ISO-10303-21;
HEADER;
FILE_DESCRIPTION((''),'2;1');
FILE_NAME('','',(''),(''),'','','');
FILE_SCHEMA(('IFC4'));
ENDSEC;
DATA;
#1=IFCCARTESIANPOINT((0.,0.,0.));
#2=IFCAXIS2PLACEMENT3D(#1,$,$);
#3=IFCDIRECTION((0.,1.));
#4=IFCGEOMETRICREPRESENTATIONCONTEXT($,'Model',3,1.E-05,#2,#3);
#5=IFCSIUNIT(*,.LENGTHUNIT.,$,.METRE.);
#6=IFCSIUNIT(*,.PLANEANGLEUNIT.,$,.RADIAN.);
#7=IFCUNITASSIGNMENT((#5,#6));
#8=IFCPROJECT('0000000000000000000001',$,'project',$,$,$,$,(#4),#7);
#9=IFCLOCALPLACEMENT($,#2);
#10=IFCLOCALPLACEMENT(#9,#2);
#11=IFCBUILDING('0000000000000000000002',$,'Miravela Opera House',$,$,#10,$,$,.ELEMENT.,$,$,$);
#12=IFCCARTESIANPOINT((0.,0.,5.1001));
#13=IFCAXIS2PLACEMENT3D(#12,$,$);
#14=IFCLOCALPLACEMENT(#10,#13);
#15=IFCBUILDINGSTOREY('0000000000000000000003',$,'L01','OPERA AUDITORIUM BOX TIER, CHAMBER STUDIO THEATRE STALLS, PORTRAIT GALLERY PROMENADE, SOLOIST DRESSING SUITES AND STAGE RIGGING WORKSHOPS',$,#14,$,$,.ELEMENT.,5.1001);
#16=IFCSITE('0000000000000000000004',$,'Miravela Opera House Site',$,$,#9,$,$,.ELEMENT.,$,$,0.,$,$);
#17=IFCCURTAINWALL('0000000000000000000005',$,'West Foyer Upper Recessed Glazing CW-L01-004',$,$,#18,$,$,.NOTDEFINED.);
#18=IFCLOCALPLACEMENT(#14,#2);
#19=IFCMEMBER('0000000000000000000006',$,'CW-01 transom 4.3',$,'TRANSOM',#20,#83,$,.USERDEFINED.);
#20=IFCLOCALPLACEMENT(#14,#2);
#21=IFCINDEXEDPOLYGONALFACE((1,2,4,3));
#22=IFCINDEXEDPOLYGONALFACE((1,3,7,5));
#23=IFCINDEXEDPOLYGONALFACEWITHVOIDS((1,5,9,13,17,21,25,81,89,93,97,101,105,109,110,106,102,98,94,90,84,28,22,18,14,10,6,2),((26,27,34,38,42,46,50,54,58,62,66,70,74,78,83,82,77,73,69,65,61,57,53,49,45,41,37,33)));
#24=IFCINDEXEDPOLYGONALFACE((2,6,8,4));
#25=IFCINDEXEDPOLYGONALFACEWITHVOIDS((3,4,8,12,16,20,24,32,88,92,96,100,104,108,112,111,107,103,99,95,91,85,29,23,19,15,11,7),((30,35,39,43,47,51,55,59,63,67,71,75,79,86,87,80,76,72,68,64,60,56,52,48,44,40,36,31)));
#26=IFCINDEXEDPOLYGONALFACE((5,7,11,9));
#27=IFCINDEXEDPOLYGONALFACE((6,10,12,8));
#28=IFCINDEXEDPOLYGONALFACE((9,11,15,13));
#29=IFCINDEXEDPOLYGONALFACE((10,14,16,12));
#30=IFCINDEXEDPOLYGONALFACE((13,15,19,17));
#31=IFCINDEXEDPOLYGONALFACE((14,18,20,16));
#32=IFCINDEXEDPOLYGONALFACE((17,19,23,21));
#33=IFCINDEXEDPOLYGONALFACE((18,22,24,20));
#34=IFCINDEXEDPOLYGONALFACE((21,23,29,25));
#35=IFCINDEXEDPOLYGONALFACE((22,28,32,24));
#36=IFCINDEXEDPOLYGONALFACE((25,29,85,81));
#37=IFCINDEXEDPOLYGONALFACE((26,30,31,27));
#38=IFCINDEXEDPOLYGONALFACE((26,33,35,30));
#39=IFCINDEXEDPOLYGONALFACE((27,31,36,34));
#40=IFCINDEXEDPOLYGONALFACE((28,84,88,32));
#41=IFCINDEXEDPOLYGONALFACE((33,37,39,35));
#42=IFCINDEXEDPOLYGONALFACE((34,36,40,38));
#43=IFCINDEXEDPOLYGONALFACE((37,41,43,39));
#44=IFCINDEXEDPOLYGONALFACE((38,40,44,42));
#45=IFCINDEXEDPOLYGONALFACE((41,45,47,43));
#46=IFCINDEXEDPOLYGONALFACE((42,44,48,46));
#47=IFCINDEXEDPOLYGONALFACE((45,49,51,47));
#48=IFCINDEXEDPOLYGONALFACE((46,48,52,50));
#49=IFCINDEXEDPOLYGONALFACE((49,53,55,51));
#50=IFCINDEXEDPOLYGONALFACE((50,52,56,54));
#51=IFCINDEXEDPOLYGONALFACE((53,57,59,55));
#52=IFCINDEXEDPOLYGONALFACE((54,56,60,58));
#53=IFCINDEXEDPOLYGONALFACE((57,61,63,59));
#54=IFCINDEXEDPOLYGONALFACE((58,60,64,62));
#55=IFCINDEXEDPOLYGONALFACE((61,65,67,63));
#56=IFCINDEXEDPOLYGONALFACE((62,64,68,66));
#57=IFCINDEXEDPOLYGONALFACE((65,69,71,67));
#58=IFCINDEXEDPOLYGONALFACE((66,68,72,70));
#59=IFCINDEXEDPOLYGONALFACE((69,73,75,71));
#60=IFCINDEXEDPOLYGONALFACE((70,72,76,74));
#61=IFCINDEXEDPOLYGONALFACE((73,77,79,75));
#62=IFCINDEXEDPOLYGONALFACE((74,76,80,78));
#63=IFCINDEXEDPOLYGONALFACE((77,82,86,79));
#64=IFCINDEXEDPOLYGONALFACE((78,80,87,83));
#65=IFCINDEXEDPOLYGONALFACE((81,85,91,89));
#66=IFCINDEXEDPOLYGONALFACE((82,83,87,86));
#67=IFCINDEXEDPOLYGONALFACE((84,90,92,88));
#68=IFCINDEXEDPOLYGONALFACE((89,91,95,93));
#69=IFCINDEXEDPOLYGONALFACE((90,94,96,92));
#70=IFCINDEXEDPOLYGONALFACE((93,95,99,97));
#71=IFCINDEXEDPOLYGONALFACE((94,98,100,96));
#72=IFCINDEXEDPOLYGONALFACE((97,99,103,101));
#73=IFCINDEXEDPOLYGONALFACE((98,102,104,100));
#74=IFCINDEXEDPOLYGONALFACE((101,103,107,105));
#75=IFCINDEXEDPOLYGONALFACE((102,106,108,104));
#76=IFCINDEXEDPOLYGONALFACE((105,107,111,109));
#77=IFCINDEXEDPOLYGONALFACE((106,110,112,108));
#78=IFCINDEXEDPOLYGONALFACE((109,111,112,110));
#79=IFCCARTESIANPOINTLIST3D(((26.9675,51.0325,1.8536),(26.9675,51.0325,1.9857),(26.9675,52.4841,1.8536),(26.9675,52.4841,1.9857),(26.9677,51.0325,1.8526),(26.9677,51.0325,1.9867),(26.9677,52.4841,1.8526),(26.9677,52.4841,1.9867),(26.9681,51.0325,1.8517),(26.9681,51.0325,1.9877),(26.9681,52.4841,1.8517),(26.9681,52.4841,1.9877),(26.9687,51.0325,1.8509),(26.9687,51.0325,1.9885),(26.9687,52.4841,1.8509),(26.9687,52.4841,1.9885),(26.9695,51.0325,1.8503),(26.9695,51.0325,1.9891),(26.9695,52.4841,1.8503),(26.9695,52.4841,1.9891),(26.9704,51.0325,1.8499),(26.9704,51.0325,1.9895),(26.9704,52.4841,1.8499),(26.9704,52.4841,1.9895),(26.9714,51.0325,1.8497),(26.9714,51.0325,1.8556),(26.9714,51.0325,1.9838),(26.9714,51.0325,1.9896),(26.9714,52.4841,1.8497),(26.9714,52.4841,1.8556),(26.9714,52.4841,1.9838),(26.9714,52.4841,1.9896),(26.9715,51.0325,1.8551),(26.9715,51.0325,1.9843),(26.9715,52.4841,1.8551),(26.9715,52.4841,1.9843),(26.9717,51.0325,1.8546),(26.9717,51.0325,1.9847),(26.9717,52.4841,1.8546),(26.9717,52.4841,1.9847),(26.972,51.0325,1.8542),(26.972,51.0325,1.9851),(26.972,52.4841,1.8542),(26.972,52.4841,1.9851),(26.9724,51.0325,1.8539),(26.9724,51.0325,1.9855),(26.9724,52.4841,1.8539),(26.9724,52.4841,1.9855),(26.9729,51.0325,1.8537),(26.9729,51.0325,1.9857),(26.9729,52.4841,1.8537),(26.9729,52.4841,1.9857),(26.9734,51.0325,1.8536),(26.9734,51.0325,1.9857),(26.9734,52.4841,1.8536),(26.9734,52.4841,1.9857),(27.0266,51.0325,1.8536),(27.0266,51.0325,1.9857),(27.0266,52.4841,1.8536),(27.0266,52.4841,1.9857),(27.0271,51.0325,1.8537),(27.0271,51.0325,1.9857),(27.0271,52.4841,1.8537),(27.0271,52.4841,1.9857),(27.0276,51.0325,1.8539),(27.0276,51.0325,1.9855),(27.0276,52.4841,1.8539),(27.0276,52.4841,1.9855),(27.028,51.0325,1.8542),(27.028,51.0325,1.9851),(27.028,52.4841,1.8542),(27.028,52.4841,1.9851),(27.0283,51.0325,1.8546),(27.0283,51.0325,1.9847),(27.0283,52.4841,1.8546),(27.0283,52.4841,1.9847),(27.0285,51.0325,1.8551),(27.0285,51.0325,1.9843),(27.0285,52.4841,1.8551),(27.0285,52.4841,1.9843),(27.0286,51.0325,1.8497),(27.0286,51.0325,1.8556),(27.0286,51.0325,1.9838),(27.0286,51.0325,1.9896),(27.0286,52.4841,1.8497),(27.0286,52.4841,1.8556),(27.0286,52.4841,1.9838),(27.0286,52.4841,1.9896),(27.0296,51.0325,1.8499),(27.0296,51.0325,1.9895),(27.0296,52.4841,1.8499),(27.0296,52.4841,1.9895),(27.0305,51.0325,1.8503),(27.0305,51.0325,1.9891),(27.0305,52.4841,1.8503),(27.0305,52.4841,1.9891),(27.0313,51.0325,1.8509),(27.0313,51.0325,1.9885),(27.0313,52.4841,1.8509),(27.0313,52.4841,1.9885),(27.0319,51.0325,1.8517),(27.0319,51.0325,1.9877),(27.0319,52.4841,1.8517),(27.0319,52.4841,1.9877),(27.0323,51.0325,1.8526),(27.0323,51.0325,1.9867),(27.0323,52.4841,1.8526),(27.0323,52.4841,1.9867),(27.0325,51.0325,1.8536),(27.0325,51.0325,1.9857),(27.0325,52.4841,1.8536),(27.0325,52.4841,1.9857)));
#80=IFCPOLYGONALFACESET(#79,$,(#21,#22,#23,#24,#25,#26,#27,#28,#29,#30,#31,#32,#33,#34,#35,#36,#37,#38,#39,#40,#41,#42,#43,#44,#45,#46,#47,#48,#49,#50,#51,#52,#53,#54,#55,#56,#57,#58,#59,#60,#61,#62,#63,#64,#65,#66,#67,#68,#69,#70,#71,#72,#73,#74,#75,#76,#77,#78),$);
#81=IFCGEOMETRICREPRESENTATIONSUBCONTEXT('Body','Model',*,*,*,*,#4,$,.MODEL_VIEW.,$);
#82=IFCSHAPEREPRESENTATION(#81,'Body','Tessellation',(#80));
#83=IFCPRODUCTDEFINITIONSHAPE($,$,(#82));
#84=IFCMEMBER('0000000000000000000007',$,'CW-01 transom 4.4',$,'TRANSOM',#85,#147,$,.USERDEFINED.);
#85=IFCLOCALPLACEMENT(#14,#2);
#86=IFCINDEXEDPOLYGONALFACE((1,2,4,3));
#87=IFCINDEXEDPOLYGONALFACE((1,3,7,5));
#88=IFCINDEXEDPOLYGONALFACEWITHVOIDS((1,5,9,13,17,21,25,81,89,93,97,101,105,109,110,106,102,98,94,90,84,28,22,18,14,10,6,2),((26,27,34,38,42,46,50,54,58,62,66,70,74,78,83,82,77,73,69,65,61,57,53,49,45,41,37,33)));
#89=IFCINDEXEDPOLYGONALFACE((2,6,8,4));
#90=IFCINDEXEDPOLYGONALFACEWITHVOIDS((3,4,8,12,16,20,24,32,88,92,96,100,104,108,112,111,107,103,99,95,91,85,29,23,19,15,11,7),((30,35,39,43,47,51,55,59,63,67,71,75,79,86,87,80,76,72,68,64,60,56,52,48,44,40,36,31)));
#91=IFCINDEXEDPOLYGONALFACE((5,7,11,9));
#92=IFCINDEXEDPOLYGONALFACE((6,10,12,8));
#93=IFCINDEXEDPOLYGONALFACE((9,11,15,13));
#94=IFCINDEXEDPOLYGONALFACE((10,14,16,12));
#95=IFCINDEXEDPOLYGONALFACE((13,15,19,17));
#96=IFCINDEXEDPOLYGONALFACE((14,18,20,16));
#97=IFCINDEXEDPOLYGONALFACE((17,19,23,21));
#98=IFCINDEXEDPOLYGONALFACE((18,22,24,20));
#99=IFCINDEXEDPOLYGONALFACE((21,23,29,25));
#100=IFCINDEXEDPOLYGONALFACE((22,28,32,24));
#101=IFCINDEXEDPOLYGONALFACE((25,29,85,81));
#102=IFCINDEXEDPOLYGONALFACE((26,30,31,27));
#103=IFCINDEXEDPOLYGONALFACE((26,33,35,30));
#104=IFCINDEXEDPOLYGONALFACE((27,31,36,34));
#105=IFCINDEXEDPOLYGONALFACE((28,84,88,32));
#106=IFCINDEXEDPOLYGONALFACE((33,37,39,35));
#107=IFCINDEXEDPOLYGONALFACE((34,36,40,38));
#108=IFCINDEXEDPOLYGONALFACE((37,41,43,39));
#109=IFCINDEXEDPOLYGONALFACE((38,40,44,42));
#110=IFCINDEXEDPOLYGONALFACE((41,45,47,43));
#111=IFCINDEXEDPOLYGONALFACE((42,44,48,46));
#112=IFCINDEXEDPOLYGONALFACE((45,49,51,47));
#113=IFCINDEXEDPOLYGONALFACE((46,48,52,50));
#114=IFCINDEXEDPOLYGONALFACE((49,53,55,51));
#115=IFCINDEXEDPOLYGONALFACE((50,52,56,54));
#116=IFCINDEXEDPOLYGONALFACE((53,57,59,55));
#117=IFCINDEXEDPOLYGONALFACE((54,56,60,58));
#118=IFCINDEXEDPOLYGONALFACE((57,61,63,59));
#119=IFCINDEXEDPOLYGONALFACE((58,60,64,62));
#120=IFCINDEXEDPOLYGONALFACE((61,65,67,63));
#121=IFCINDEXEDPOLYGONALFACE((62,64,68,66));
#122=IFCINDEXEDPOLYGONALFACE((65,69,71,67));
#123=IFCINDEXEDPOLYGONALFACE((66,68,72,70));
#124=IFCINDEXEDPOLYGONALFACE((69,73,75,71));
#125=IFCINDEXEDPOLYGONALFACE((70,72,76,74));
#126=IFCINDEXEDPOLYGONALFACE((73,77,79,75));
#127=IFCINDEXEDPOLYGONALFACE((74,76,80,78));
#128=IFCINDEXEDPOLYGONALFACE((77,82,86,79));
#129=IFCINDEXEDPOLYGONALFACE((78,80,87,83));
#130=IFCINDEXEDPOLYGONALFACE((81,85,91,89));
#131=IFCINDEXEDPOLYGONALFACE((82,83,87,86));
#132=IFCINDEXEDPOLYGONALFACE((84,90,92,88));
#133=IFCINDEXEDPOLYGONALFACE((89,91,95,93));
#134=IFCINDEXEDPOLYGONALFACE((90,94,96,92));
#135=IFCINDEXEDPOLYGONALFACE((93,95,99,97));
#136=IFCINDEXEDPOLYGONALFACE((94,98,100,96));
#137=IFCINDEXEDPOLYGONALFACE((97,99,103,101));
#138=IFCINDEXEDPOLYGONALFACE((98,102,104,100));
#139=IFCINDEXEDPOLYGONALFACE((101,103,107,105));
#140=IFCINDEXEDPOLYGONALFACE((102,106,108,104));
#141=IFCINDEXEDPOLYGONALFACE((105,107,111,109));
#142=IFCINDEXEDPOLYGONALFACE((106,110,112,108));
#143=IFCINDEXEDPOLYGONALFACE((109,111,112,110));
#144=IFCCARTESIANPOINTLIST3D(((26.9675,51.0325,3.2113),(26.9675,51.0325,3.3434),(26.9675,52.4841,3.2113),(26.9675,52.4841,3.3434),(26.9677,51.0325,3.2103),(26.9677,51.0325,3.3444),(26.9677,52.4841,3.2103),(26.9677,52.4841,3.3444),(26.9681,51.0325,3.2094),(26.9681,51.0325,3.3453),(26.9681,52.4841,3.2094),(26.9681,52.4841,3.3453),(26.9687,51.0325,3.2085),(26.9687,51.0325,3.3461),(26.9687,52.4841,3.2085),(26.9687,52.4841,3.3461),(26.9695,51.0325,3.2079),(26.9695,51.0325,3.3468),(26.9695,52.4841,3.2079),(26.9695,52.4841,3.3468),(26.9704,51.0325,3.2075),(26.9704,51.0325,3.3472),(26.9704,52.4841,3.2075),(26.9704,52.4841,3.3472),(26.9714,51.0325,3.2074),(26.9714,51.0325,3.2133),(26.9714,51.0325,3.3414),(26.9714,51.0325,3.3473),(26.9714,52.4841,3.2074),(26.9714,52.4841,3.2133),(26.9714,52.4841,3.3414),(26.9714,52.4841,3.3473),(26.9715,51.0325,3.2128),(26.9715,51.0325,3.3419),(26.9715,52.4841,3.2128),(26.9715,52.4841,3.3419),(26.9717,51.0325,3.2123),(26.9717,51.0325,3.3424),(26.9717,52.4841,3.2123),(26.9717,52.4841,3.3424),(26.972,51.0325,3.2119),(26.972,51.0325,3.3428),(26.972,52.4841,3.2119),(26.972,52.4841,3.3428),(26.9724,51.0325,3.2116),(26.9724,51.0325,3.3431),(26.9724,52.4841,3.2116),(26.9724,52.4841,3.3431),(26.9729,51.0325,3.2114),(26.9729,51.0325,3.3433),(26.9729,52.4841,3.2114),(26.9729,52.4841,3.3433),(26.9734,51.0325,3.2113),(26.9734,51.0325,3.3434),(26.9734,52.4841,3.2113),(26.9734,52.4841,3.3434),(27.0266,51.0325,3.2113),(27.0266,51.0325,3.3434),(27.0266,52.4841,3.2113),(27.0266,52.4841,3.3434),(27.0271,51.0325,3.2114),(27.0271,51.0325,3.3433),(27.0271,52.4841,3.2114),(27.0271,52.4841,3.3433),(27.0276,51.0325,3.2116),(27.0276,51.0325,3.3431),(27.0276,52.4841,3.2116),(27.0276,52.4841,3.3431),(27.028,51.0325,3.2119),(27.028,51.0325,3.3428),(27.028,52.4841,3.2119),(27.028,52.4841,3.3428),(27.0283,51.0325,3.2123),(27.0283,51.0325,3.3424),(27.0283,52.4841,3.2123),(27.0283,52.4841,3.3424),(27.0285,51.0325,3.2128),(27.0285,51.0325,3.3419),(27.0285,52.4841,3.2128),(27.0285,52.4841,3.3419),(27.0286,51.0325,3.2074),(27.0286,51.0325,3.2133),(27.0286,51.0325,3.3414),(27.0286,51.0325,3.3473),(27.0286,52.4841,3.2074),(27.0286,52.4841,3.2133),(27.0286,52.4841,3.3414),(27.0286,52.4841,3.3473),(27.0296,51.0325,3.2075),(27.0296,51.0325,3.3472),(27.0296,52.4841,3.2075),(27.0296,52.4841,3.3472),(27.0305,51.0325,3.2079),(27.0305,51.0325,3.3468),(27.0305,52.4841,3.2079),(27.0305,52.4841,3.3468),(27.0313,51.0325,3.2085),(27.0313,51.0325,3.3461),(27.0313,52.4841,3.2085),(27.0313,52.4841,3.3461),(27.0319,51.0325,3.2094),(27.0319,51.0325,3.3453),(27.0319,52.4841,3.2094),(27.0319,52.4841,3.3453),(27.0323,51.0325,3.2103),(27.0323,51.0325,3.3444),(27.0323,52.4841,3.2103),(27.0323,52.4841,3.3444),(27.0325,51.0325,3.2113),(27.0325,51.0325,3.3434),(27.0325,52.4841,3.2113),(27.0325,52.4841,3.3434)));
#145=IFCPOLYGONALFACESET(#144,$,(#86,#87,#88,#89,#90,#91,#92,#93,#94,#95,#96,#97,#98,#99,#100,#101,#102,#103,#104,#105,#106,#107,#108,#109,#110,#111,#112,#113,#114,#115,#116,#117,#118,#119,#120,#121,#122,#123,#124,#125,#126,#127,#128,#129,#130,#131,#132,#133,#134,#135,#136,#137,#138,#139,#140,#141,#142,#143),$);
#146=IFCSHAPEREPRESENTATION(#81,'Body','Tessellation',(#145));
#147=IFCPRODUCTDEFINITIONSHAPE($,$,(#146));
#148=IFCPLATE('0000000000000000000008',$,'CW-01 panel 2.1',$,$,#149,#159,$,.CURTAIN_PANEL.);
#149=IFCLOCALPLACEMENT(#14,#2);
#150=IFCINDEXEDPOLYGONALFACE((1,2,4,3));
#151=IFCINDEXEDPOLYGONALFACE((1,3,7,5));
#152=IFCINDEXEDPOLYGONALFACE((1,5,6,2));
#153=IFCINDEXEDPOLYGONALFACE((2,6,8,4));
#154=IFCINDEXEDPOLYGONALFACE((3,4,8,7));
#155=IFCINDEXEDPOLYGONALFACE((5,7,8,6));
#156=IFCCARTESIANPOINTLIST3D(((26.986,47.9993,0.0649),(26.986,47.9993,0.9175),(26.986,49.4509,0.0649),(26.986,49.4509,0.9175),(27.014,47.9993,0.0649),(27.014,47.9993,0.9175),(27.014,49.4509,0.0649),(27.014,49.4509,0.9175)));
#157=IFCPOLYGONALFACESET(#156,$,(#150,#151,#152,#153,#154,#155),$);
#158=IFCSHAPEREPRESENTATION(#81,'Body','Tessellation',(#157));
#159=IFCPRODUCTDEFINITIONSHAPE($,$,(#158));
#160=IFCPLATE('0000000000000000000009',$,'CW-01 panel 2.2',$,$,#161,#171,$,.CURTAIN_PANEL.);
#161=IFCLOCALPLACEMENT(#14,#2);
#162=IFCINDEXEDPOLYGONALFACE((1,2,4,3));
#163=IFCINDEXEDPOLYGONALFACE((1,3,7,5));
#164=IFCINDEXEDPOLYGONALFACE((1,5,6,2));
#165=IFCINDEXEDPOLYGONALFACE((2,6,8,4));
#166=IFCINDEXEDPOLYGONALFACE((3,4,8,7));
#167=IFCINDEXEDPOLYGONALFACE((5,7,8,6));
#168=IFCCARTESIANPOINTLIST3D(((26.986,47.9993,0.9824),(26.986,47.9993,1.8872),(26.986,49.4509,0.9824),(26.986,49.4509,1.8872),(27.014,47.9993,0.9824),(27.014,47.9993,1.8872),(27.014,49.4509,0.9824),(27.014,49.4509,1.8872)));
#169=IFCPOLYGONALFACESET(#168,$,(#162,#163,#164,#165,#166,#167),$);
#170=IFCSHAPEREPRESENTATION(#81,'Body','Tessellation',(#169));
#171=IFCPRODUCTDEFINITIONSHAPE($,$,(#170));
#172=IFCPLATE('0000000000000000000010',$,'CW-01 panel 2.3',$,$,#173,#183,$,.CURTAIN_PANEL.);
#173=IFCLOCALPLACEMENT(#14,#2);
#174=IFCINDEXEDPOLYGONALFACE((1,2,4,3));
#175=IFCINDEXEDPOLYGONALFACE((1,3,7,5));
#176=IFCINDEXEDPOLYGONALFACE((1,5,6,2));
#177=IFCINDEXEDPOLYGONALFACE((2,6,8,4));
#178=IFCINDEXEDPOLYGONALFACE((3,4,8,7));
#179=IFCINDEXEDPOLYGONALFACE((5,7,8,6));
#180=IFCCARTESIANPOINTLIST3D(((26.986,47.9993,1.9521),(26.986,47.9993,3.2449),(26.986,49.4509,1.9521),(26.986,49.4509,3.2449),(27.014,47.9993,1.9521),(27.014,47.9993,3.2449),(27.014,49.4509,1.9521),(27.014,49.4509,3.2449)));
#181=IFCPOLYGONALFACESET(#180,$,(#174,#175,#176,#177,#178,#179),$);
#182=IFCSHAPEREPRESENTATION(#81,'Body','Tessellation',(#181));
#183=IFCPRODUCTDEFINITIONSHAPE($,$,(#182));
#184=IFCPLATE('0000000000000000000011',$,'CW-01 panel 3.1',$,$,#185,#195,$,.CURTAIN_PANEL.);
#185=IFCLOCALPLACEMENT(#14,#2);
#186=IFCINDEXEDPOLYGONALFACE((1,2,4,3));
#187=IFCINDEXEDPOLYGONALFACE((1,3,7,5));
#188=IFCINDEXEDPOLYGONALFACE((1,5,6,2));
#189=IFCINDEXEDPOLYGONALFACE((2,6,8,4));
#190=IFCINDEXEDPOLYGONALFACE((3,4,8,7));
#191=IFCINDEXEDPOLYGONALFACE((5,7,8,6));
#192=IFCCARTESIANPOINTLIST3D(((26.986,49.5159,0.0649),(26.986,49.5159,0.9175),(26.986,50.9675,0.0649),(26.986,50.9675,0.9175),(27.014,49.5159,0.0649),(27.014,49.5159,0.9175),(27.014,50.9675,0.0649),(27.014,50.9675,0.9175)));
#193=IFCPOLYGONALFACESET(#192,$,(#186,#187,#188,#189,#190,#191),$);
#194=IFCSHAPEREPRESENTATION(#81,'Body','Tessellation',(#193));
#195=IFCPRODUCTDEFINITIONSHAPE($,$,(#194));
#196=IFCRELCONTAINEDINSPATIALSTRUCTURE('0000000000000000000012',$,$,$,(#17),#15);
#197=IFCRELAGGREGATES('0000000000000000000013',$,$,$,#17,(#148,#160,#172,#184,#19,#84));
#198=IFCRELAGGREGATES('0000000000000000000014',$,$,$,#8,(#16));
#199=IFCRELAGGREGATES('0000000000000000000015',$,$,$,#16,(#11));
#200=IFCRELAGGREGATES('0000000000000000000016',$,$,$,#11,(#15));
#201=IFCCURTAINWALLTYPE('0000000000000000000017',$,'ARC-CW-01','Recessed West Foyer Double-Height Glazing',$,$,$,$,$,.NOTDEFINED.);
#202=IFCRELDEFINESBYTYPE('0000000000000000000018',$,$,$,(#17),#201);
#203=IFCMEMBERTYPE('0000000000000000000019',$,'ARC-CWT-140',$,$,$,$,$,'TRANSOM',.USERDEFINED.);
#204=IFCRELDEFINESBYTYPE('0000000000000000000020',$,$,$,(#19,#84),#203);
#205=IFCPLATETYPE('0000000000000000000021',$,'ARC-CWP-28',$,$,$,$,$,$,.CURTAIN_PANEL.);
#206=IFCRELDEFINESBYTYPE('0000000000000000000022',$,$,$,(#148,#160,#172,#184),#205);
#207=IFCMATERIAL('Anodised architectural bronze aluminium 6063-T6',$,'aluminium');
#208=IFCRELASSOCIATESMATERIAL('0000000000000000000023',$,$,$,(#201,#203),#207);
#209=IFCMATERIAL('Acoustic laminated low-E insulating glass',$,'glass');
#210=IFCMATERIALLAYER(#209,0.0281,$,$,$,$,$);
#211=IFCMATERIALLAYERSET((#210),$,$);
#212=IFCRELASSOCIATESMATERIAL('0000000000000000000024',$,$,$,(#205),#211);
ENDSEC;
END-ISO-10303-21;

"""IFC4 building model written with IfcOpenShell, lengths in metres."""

from ifc_helpers import new_model, si_unit, direction, frame, origin, origin_2d, place, context, subcontext, project, spatial, rectangle, hollow_rectangle, extrude, material, layer, layer_set, material_profile, profile_set, type_object, element, aggregate, save


model = new_model("IFC4")

# Units and contexts
model_context = context("Model", 3, precision=1e-05, world=origin(), true_north=direction((0.0, 1.0)))
body_context = subcontext(model_context, "Body", "Model", "MODEL_VIEW")
ifc_project = project(units=[si_unit("LENGTHUNIT", "METRE"), si_unit("PLANEANGLEUNIT", "RADIAN")], contexts=[model_context])

# Site, building, storey
site_placement = place(None, origin())
site = spatial("IfcSite", under=ifc_project, at=site_placement, Name="Miravela Opera House Site", CompositionType="ELEMENT", RefElevation=0.0)
building_placement = place(site_placement, origin())
building = spatial("IfcBuilding", under=site, at=building_placement, Name="Miravela Opera House", CompositionType="ELEMENT")
storey_placement = place(building_placement, frame((0.0, 0.0, 5.1001)))
storey = spatial("IfcBuildingStorey", under=building, at=storey_placement, Name="L01", Description="OPERA AUDITORIUM BOX TIER, CHAMBER STUDIO THEATRE STALLS, PORTRAIT GALLERY PROMENADE, SOLOIST DRESSING SUITES AND STAGE RIGGING WORKSHOPS", CompositionType="ELEMENT", Elevation=5.1001)

# Curtain wall, members, plates
ifc_material_1 = material(Name="Anodised architectural bronze aluminium 6063-T6", Category="aluminium")
curtain_wall_type = type_object("IfcCurtainWallType", Name="ARC-CW-01", Description="Recessed West Foyer Double-Height Glazing", PredefinedType="NOTDEFINED", material=ifc_material_1)
curtain_wall_placement = place(storey_placement, origin())
curtain_wall = element("IfcCurtainWall", 1, at=curtain_wall_placement, inside=storey, type_object=curtain_wall_type, Name="West Foyer Upper Recessed Glazing CW-L01-004", PredefinedType="NOTDEFINED")
ifc_material_profile_1 = material_profile(ifc_material_1, hollow_rectangle(XDim=0.0649, YDim=0.1399, WallThickness=0.0039, InnerFilletRadius=0.002, OuterFilletRadius=0.0039, at=origin_2d()), Name="CWT-65X140")
ifc_profile_set_1 = profile_set([ifc_material_profile_1])
member_type_1 = type_object("IfcMemberType", Name="ARC-CWT-140", ElementType="TRANSOM", PredefinedType="USERDEFINED", material=ifc_profile_set_1)
member_1_placement = place(storey_placement, frame((27.0, 51.0325, 1.9197), z_axis=(0.0, 1.0, 0.0), x_axis=(-1.0, 0.0, 0.0)))
member_1 = element("IfcMember", 2, at=member_1_placement, type_object=member_type_1, Name="CW-01 transom 4.3", ObjectType="TRANSOM", PredefinedType="USERDEFINED", context=body_context, shape_type="SweptSolid", body=[
    extrude(hollow_rectangle(XDim=0.0649, YDim=0.1399, WallThickness=0.0039, InnerFilletRadius=0.002, OuterFilletRadius=0.0039, at=origin_2d()), origin(), (0.0, 0.0, 1.0), 1.4517),
])
member_2_placement = place(storey_placement, frame((27.0, 51.0325, 3.2773), z_axis=(0.0, 1.0, 0.0), x_axis=(-1.0, 0.0, 0.0)))
member_2 = element("IfcMember", 3, at=member_2_placement, type_object=member_type_1, Name="CW-01 transom 4.4", ObjectType="TRANSOM", PredefinedType="USERDEFINED", context=body_context, shape_type="SweptSolid", body=[
    extrude(hollow_rectangle(XDim=0.0649, YDim=0.1399, WallThickness=0.0039, InnerFilletRadius=0.002, OuterFilletRadius=0.0039, at=origin_2d()), origin(), (0.0, 0.0, 1.0), 1.4517),
])
ifc_material_2 = material(Name="Acoustic laminated low-E insulating glass", Category="glass")
ifc_layer = layer(ifc_material_2, 0.0281)
ifc_layer_set = layer_set([ifc_layer])
plate_type = type_object("IfcPlateType", Name="ARC-CWP-28", PredefinedType="CURTAIN_PANEL", material=ifc_layer_set)
plate_1_placement = place(storey_placement, frame((27.0, 48.7251, 0.0649), z_axis=(0.0, 0.0, 1.0), x_axis=(0.0, 1.0, 0.0)))
plate_1 = element("IfcPlate", 4, at=plate_1_placement, type_object=plate_type, Name="CW-01 panel 2.1", PredefinedType="CURTAIN_PANEL", context=body_context, shape_type="SweptSolid", body=[
    extrude(rectangle(XDim=1.4517, YDim=0.0281, at=origin_2d()), origin(), (0.0, 0.0, 1.0), 0.8525),
])
plate_2_placement = place(storey_placement, frame((27.0, 48.7251, 0.9824), z_axis=(0.0, 0.0, 1.0), x_axis=(0.0, 1.0, 0.0)))
plate_2 = element("IfcPlate", 5, at=plate_2_placement, type_object=plate_type, Name="CW-01 panel 2.2", PredefinedType="CURTAIN_PANEL", context=body_context, shape_type="SweptSolid", body=[
    extrude(rectangle(XDim=1.4517, YDim=0.0281, at=origin_2d()), origin(), (0.0, 0.0, 1.0), 0.9048),
])
plate_3_placement = place(storey_placement, frame((27.0, 48.7251, 1.9521), z_axis=(0.0, 0.0, 1.0), x_axis=(0.0, 1.0, 0.0)))
plate_3 = element("IfcPlate", 6, at=plate_3_placement, type_object=plate_type, Name="CW-01 panel 2.3", PredefinedType="CURTAIN_PANEL", context=body_context, shape_type="SweptSolid", body=[
    extrude(rectangle(XDim=1.4517, YDim=0.0281, at=origin_2d()), origin(), (0.0, 0.0, 1.0), 1.2927),
])
plate_4_placement = place(storey_placement, frame((27.0, 50.2417, 0.0649), z_axis=(0.0, 0.0, 1.0), x_axis=(0.0, 1.0, 0.0)))
plate_4 = element("IfcPlate", 7, at=plate_4_placement, type_object=plate_type, Name="CW-01 panel 3.1", PredefinedType="CURTAIN_PANEL", context=body_context, shape_type="SweptSolid", body=[
    extrude(rectangle(XDim=1.4517, YDim=0.0281, at=origin_2d()), origin(), (0.0, 0.0, 1.0), 0.8525),
])
aggregate(curtain_wall, [plate_1, plate_2, plate_3, plate_4, member_1, member_2])

save(model, "model.ifc")
